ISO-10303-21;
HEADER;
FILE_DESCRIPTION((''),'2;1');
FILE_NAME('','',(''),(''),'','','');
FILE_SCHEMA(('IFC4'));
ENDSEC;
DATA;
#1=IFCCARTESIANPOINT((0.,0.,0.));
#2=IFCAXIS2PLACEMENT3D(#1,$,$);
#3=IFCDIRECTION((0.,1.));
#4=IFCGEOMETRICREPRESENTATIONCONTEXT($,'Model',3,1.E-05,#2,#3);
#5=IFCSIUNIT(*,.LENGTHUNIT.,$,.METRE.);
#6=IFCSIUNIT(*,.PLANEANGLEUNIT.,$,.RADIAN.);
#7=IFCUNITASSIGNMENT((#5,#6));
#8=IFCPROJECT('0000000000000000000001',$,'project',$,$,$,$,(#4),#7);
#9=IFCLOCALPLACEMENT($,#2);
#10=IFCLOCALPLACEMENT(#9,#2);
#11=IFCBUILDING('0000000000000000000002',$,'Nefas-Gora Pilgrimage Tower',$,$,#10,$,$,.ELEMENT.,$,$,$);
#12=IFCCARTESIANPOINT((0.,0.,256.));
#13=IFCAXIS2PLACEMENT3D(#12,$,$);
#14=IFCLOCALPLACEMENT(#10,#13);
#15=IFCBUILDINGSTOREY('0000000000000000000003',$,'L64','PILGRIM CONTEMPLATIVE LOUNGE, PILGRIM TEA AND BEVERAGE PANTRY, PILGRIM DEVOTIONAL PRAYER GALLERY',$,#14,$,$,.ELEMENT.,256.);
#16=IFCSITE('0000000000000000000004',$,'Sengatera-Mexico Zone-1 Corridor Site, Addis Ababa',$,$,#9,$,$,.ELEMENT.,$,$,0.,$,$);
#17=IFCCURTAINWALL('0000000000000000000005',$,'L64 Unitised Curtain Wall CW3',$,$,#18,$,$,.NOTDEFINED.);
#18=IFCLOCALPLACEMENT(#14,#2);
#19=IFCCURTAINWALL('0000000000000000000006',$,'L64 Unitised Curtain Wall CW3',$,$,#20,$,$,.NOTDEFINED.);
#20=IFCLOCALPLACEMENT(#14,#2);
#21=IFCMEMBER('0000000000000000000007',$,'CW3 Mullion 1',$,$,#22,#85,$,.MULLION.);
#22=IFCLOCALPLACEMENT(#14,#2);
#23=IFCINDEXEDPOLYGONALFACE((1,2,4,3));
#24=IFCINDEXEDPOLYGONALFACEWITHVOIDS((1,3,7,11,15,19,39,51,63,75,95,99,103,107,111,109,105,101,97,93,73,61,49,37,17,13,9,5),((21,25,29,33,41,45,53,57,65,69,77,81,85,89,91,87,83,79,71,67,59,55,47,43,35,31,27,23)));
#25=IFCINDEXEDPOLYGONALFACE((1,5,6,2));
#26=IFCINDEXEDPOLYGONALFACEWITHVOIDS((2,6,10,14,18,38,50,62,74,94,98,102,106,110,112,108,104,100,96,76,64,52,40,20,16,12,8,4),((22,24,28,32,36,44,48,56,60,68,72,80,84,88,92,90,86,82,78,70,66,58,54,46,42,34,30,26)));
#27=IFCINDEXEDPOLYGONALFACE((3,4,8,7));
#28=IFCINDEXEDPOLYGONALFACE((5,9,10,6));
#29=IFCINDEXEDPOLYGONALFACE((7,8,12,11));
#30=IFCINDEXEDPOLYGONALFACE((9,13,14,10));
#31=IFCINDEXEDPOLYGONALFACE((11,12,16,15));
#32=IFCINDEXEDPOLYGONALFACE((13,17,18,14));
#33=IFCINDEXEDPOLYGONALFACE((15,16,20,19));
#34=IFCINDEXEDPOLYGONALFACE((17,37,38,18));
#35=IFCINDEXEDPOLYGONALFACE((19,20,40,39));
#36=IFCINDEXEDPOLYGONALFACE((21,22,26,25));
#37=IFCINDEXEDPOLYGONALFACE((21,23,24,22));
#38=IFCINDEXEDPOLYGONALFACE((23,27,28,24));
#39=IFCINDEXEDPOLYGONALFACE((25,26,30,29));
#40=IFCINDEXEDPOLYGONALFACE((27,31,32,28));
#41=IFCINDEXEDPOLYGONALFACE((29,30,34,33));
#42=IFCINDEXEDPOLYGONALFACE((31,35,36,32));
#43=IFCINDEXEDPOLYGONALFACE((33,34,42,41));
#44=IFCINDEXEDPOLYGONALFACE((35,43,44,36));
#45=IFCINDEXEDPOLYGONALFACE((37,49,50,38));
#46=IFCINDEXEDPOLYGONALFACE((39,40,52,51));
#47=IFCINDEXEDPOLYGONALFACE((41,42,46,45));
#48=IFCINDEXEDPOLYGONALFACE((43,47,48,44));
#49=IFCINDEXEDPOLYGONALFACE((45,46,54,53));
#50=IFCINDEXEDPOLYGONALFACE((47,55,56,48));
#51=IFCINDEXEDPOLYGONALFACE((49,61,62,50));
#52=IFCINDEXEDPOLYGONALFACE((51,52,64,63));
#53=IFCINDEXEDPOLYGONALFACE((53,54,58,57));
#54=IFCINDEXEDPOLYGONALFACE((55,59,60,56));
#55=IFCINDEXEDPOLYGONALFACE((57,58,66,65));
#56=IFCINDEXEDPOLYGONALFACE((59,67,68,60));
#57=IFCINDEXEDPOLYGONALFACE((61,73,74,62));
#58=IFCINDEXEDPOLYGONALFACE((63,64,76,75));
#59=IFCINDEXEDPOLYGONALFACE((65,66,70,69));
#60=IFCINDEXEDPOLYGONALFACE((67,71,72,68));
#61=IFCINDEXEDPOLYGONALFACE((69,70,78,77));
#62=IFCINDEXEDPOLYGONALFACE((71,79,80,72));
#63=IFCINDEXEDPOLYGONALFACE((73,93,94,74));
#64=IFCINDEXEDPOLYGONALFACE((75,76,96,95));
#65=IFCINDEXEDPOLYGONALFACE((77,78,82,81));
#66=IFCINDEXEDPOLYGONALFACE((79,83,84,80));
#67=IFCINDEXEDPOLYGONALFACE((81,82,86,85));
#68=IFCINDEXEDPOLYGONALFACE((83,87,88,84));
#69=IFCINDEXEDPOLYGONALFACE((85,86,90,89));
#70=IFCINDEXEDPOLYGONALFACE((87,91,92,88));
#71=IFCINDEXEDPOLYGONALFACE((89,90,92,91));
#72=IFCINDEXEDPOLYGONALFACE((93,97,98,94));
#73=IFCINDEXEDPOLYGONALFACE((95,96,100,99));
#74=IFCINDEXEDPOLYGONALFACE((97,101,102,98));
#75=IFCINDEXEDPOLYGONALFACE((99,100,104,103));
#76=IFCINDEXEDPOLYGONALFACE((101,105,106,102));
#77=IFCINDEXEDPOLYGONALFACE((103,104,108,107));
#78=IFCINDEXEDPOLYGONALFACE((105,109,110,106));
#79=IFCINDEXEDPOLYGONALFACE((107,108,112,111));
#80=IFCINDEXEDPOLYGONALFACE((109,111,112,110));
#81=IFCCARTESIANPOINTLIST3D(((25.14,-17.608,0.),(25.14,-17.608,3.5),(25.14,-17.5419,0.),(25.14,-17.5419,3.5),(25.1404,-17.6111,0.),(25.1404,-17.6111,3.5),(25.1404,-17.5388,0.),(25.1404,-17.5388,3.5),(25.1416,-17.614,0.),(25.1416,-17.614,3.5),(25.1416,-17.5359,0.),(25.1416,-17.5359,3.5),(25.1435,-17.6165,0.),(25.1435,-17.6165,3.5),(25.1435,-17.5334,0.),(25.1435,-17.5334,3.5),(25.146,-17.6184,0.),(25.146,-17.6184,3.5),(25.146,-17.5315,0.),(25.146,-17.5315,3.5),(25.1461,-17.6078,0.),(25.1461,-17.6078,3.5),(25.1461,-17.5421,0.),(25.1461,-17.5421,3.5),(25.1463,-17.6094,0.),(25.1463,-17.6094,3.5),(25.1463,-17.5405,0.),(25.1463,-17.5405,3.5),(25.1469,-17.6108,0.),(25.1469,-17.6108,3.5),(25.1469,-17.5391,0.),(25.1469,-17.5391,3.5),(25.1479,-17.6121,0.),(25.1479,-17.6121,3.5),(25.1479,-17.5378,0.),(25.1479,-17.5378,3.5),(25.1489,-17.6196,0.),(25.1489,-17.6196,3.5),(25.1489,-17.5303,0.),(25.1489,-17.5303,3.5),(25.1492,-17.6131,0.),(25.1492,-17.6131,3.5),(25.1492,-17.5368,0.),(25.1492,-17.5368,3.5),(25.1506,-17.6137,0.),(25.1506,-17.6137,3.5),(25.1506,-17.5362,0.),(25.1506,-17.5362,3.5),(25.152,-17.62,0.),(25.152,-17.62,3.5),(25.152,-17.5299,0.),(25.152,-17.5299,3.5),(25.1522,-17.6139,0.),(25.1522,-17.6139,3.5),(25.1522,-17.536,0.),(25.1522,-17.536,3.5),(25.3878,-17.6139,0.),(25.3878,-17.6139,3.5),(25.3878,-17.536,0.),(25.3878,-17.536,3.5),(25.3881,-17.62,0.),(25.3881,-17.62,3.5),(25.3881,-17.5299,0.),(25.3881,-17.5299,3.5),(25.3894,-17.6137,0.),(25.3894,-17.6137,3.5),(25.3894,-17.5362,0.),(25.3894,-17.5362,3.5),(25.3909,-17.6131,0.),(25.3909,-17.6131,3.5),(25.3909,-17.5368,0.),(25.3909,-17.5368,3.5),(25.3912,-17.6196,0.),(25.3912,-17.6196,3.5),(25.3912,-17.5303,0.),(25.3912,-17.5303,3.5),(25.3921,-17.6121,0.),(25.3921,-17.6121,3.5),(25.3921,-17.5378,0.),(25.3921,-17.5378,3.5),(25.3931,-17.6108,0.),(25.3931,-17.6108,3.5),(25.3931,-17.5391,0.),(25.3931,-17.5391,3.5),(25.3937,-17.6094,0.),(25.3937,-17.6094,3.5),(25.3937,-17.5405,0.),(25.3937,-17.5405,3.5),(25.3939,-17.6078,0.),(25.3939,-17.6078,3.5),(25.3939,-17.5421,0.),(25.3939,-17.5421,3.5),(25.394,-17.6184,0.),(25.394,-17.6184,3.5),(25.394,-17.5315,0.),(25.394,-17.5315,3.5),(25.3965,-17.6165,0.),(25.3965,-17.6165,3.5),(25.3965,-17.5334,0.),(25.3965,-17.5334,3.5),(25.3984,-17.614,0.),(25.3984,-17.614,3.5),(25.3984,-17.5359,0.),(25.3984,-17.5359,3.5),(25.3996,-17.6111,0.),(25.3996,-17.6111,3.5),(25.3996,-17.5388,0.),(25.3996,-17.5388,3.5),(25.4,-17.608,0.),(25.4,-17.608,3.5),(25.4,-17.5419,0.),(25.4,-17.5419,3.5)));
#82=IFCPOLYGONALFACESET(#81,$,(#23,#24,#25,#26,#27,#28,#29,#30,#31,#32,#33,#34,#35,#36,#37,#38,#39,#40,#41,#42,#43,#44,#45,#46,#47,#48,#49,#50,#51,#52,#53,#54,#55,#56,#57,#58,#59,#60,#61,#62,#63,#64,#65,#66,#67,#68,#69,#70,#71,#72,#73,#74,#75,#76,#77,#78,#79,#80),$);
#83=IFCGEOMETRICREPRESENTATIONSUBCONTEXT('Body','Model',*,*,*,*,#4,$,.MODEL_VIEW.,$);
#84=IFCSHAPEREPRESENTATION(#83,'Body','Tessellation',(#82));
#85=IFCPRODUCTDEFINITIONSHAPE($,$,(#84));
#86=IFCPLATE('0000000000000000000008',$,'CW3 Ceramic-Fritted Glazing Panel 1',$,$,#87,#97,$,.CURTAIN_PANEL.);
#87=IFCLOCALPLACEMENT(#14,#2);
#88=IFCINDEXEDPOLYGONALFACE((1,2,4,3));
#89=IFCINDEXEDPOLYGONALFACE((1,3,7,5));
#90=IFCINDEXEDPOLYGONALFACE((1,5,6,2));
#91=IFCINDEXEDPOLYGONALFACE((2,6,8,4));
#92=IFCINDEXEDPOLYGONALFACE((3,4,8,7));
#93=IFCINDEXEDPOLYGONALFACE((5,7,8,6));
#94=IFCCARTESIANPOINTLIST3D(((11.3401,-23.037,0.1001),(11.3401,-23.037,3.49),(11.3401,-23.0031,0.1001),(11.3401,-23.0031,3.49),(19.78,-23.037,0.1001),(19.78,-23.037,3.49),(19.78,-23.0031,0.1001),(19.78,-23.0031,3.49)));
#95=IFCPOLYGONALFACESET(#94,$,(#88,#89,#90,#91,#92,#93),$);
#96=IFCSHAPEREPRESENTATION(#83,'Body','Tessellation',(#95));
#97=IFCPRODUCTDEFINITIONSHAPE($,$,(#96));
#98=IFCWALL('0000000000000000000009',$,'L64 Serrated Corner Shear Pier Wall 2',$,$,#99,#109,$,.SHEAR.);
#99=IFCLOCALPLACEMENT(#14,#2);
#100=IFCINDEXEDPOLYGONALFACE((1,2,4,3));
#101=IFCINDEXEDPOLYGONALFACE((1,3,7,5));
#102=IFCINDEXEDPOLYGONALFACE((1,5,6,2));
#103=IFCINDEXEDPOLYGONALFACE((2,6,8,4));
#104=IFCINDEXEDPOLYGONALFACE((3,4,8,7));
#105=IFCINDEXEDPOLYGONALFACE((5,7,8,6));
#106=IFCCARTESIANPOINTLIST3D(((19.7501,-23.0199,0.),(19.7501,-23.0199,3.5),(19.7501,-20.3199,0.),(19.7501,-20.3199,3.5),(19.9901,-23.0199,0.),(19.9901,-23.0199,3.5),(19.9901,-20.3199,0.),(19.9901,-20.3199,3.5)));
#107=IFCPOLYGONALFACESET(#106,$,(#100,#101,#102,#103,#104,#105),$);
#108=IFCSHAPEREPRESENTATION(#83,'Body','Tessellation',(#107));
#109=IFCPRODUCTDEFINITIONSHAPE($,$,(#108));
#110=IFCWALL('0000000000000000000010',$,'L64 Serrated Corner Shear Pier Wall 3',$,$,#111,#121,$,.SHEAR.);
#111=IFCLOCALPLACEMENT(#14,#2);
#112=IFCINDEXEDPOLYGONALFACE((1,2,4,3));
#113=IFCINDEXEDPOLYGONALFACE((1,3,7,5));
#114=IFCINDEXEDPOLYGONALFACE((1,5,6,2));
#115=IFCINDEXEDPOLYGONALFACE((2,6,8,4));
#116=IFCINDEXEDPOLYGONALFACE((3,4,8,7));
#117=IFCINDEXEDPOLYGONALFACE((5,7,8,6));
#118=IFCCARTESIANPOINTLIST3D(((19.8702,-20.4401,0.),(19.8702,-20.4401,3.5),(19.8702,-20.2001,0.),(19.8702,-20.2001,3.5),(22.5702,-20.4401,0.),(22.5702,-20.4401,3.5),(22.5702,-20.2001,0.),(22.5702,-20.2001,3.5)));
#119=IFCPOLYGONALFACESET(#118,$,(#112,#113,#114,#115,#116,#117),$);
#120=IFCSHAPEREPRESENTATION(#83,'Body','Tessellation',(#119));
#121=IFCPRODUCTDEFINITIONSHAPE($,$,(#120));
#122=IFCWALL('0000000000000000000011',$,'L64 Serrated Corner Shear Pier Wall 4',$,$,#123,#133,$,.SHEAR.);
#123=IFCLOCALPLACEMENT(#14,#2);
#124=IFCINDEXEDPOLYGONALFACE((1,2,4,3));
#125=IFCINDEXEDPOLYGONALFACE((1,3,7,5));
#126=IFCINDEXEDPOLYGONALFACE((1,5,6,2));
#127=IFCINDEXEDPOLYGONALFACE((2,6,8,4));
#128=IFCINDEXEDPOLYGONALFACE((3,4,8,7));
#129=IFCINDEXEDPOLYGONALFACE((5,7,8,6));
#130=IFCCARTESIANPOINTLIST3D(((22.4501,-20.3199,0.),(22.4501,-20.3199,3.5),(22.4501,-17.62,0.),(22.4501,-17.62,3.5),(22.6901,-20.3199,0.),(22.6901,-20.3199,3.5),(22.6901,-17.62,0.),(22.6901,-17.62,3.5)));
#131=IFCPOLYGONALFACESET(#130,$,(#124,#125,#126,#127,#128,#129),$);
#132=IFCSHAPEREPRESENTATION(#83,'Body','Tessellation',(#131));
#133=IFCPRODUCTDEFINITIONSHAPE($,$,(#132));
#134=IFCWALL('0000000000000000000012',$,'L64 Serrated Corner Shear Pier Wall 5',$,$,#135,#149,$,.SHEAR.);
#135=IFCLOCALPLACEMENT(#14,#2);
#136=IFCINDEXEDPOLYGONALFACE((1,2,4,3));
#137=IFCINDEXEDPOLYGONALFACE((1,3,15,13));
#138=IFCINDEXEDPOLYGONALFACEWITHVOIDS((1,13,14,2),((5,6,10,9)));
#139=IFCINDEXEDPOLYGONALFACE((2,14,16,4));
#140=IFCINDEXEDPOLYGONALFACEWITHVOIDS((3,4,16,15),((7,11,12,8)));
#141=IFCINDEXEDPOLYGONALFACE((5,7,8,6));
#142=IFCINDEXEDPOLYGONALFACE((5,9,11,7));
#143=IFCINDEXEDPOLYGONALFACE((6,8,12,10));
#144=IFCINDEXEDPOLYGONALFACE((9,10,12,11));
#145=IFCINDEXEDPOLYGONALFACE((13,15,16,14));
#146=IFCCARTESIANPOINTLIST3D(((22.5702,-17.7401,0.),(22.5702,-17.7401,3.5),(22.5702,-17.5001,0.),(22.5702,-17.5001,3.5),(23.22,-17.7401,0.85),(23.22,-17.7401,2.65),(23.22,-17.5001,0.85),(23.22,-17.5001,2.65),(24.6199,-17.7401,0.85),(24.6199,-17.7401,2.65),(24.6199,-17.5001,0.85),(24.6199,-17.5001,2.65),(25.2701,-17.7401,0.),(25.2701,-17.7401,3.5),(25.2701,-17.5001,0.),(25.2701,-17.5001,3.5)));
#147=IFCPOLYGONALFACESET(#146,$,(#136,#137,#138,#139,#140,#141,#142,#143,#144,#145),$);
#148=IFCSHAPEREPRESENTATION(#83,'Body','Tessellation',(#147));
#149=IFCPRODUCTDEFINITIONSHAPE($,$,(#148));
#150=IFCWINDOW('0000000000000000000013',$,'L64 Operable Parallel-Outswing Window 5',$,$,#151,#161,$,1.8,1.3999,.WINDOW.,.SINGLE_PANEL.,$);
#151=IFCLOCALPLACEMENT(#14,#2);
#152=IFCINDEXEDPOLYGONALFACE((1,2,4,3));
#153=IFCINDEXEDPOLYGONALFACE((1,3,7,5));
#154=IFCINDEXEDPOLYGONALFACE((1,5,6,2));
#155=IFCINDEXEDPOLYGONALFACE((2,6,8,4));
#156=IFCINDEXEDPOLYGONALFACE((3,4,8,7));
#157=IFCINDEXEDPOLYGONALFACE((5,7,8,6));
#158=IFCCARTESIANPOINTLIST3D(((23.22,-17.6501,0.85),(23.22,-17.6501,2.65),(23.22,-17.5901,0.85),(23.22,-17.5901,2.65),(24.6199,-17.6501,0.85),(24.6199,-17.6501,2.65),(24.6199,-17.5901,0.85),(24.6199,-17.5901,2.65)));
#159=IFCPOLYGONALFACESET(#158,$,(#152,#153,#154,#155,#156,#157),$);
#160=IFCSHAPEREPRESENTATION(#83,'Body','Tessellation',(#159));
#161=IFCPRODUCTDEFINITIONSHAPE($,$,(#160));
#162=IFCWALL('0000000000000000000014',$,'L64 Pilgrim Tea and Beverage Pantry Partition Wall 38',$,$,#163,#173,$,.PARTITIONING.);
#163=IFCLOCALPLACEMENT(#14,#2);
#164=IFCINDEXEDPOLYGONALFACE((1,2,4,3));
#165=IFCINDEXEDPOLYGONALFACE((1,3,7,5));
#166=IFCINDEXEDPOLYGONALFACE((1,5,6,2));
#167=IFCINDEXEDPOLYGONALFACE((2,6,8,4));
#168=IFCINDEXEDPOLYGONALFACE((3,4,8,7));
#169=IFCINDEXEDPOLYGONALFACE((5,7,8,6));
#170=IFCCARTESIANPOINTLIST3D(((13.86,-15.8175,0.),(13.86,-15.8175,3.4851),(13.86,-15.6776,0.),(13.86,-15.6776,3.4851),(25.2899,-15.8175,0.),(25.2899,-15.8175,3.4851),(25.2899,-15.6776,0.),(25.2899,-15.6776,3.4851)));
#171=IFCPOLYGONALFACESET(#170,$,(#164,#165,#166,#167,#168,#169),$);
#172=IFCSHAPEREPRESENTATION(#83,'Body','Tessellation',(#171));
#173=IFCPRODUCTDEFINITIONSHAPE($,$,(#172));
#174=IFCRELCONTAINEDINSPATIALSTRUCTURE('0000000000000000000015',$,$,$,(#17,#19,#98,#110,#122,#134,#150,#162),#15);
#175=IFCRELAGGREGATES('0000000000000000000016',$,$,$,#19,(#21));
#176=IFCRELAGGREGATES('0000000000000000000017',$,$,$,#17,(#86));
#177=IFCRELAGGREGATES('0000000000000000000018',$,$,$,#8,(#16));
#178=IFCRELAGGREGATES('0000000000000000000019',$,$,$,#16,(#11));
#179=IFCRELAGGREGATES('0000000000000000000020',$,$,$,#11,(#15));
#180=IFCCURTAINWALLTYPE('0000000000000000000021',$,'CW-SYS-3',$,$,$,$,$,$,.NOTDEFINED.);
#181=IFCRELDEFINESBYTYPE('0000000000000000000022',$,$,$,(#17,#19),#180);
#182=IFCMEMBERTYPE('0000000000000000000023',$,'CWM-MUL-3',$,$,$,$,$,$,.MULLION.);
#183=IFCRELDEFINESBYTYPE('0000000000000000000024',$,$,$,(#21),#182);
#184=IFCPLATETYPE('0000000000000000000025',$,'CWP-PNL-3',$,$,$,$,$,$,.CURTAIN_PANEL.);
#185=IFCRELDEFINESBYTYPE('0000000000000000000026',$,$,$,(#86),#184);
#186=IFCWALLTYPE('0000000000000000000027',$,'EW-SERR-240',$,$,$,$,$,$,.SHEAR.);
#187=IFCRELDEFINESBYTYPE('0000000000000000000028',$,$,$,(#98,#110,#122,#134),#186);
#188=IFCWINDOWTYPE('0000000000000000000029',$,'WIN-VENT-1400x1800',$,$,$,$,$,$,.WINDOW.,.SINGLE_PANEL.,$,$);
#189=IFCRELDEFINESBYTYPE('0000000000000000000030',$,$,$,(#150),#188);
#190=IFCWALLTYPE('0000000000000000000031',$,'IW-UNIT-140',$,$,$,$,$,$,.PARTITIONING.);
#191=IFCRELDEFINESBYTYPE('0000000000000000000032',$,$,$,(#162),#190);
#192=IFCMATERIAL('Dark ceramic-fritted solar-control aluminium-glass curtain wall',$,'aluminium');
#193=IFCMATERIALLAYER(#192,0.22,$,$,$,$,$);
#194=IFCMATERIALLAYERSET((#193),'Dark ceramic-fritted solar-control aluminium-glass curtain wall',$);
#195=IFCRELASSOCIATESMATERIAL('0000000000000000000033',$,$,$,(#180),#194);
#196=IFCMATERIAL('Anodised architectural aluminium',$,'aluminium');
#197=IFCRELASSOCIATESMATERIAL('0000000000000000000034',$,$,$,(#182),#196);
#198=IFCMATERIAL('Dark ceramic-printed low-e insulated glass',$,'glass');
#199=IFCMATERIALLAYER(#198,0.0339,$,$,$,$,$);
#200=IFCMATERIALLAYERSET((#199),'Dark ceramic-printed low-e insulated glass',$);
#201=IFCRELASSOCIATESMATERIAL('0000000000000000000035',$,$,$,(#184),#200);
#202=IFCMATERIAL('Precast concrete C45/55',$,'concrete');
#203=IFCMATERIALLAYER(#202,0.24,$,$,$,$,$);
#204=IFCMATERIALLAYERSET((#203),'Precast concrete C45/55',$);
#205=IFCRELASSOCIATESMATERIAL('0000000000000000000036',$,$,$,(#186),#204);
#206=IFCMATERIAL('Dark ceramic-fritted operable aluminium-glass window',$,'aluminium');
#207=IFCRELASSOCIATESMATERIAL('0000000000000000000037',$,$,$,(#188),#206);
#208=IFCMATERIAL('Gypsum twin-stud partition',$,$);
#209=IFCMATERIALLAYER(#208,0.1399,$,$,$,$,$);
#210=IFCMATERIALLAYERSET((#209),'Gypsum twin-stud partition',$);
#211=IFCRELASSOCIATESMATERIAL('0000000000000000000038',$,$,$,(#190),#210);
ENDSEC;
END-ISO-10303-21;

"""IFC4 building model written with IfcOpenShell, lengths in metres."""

from ifc_helpers import new_model, si_unit, direction, frame, frame_2d, origin, origin_2d, place, context, subcontext, project, spatial, rectangle, hollow_rectangle, extrude, source, transform, mapped, material, layer, layer_set, material_profile, profile_set, type_object, element, fill, aggregate, save


model = new_model("IFC4")

# Units and contexts
model_context = context("Model", 3, precision=1e-05, world=origin(), true_north=direction((0.0, 1.0)))
body_context = subcontext(model_context, "Body", "Model", "MODEL_VIEW")
ifc_project = project(units=[si_unit("LENGTHUNIT", "METRE"), si_unit("PLANEANGLEUNIT", "RADIAN")], contexts=[model_context])

# Site, building, storey
site_placement = place(None, origin())
site = spatial("IfcSite", under=ifc_project, at=site_placement, Name="Sengatera-Mexico Zone-1 Corridor Site, Addis Ababa", CompositionType="ELEMENT", RefElevation=0.0)
building_placement = place(site_placement, origin())
building = spatial("IfcBuilding", under=site, at=building_placement, Name="Nefas-Gora Pilgrimage Tower", CompositionType="ELEMENT")
storey_placement = place(building_placement, frame((0.0, 0.0, 256.0)))
storey = spatial("IfcBuildingStorey", under=building, at=storey_placement, Name="L64", Description="PILGRIM CONTEMPLATIVE LOUNGE, PILGRIM TEA AND BEVERAGE PANTRY, PILGRIM DEVOTIONAL PRAYER GALLERY", CompositionType="ELEMENT", Elevation=256.0)

# Curtain walls
ifc_material_1 = material(Name="Dark ceramic-fritted solar-control aluminium-glass curtain wall", Category="aluminium")
ifc_layer_1 = layer(ifc_material_1, 0.22)
ifc_layer_set_1 = layer_set([ifc_layer_1], Name="Dark ceramic-fritted solar-control aluminium-glass curtain wall")
curtain_wall_type = type_object("IfcCurtainWallType", Name="CW-SYS-3", PredefinedType="NOTDEFINED", material=ifc_layer_set_1)
curtain_wall_1_placement = place(storey_placement, origin())
curtain_wall_1 = element("IfcCurtainWall", 1, at=curtain_wall_1_placement, inside=storey, type_object=curtain_wall_type, Name="L64 Unitised Curtain Wall CW3", PredefinedType="NOTDEFINED")
ifc_material_2 = material(Name="Anodised architectural aluminium", Category="aluminium")
curtain_wall_2_placement = place(storey_placement, origin())
curtain_wall_2 = element("IfcCurtainWall", 2, at=curtain_wall_2_placement, inside=storey, type_object=curtain_wall_type, Name="L64 Unitised Curtain Wall CW3", PredefinedType="NOTDEFINED")

# Member
ifc_material_profile_1 = material_profile(ifc_material_2, hollow_rectangle(XDim=0.0901, YDim=0.26, WallThickness=0.0061, InnerFilletRadius=0.0061, OuterFilletRadius=0.012, at=origin_2d()), Name="ALU MULLION 90x260")
ifc_profile_set_1 = profile_set([ifc_material_profile_1], Name="Anodised architectural aluminium")
member_type_1 = type_object("IfcMemberType", Name="CWM-MUL-3", PredefinedType="MULLION", material=ifc_profile_set_1)
shared_shape_1 = source(origin(), body_context, "Body", "SweptSolid", [
    extrude(hollow_rectangle(XDim=0.0901, YDim=0.26, WallThickness=0.0061, InnerFilletRadius=0.0061, OuterFilletRadius=0.012, at=origin_2d()), origin(), (0.0, 0.0, 1.0), 3.5),
])
member_1_placement = place(storey_placement, frame((25.27, -17.575, 0.0), z_axis=(0.0, 0.0, 1.0), x_axis=(0.0, 1.0, 0.0)))
member_1 = element("IfcMember", 3, at=member_1_placement, type_object=member_type_1, Name="CW3 Mullion 1", PredefinedType="MULLION", context=body_context, shape_type="MappedRepresentation", body=[
    mapped(shared_shape_1, transform((0.0, 0.0, 0.0), x_axis=(1.0, 0.0, 0.0), y_axis=(0.0, 1.0, 0.0), z_axis=(0.0, 0.0, 1.0), scale=1.0)),
])
aggregate(curtain_wall_2, [member_1])

# Plate
ifc_material_3 = material(Name="Dark ceramic-printed low-e insulated glass", Category="glass")
ifc_layer_2 = layer(ifc_material_3, 0.0339)
ifc_layer_set_2 = layer_set([ifc_layer_2], Name="Dark ceramic-printed low-e insulated glass")
plate_type = type_object("IfcPlateType", Name="CWP-PNL-3", PredefinedType="CURTAIN_PANEL", material=ifc_layer_set_2)
shared_shape_2 = source(origin(), body_context, "Body", "SweptSolid", [
    extrude(rectangle(XDim=8.4399, YDim=0.0339, at=origin_2d()), origin(), (0.0, 0.0, 1.0), 3.3899),
])
plate_placement = place(storey_placement, frame((15.5601, -23.02, 0.1001), z_axis=(0.0, 0.0, 1.0), x_axis=(1.0, 0.0, 0.0)))
plate = element("IfcPlate", 4, at=plate_placement, type_object=plate_type, Name="CW3 Ceramic-Fritted Glazing Panel 1", PredefinedType="CURTAIN_PANEL", context=body_context, shape_type="MappedRepresentation", body=[
    mapped(shared_shape_2, transform((0.0, 0.0, 0.0), x_axis=(1.0, 0.0, 0.0), y_axis=(0.0, 1.0, 0.0), z_axis=(0.0, 0.0, 1.0), scale=1.0)),
])
aggregate(curtain_wall_1, [plate])

# Walls
ifc_material_4 = material(Name="Precast concrete C45/55", Category="concrete")
ifc_layer_3 = layer(ifc_material_4, 0.24)
ifc_layer_set_3 = layer_set([ifc_layer_3], Name="Precast concrete C45/55")
wall_type_1 = type_object("IfcWallType", Name="EW-SERR-240", PredefinedType="SHEAR", material=ifc_layer_set_3)
shared_shape_3 = source(origin(), body_context, "Body", "SweptSolid", [
    extrude(rectangle(XDim=2.7, YDim=0.24, at=frame_2d((1.3501, 0.0))), origin(), (0.0, 0.0, 1.0), 3.5),
])
for number, where, z_axis, x_axis, name in (
    (5, (19.8701, -23.02, 0.0), (0.0, 0.0, 1.0), (0.0, 1.0, 0.0), "L64 Serrated Corner Shear Pier Wall 2"),
    (6, (19.8701, -20.3201, 0.0), (0.0, 0.0, 1.0), (1.0, 0.0, 0.0), "L64 Serrated Corner Shear Pier Wall 3"),
    (7, (22.5701, -20.3201, 0.0), (0.0, 0.0, 1.0), (0.0, 1.0, 0.0), "L64 Serrated Corner Shear Pier Wall 4"),
):
    element("IfcWall", number, at=place(storey_placement, frame(where, z_axis=z_axis, x_axis=x_axis)), inside=storey, type_object=wall_type_1, Name=name, PredefinedType="SHEAR", context=body_context, shape_type="MappedRepresentation", body=[
        mapped(shared_shape_3, transform((0.0, 0.0, 0.0), x_axis=(1.0, 0.0, 0.0), y_axis=(0.0, 1.0, 0.0), z_axis=(0.0, 0.0, 1.0), scale=1.0)),
    ])

# Wall, opening, window
wall_1_placement = place(storey_placement, frame((22.5701, -17.6201, 0.0), z_axis=(0.0, 0.0, 1.0), x_axis=(1.0, 0.0, 0.0)))
wall_1 = element("IfcWall", 8, at=wall_1_placement, inside=storey, type_object=wall_type_1, Name="L64 Serrated Corner Shear Pier Wall 5", PredefinedType="SHEAR", context=body_context, shape_type="MappedRepresentation", body=[
    mapped(shared_shape_3, transform((0.0, 0.0, 0.0), x_axis=(1.0, 0.0, 0.0), y_axis=(0.0, 1.0, 0.0), z_axis=(0.0, 0.0, 1.0), scale=1.0)),
])
opening_1_placement = place(wall_1_placement, frame((0.6499, 0.0, 0.8501)))
opening_1 = element("IfcOpeningElement", 9, at=opening_1_placement, cuts=wall_1, PredefinedType="OPENING", context=body_context, shape_type="SweptSolid", body=[
    extrude(rectangle(XDim=1.3999, YDim=1.8, at=frame_2d((0.7, 0.8999))), frame((0.0, 0.1299, 0.0), z_axis=(0.0, -1.0, 0.0), x_axis=(1.0, 0.0, 0.0)), (0.0, 0.0, 1.0), 0.26),
])
ifc_material_5 = material(Name="Dark ceramic-fritted operable aluminium-glass window", Category="aluminium")
window_type = type_object("IfcWindowType", Name="WIN-VENT-1400x1800", PartitioningType="SINGLE_PANEL", PredefinedType="WINDOW", material=ifc_material_5)
shared_shape_4 = source(origin(), body_context, "Body", "SweptSolid", [
    extrude(rectangle(XDim=1.3999, YDim=1.8, at=frame_2d((0.7, 0.8999))), frame((0.0, 0.03, 0.0), z_axis=(0.0, -1.0, 0.0), x_axis=(1.0, 0.0, 0.0)), (0.0, 0.0, 1.0), 0.0601),
])
window_placement = place(opening_1_placement, origin())
window = element("IfcWindow", 10, at=window_placement, inside=storey, type_object=window_type, Name="L64 Operable Parallel-Outswing Window 5", OverallHeight=1.8, OverallWidth=1.3999, PartitioningType="SINGLE_PANEL", PredefinedType="WINDOW", context=body_context, shape_type="MappedRepresentation", body=[
    mapped(shared_shape_4, transform((0.0, 0.0, 0.0), x_axis=(1.0, 0.0, 0.0), y_axis=(0.0, 1.0, 0.0), z_axis=(0.0, 0.0, 1.0), scale=1.0)),
])
fill(opening_1, window)

# Wall
ifc_material_6 = material(Name="Gypsum twin-stud partition")
ifc_layer_4 = layer(ifc_material_6, 0.1399)
ifc_layer_set_4 = layer_set([ifc_layer_4], Name="Gypsum twin-stud partition")
wall_type_2 = type_object("IfcWallType", Name="IW-UNIT-140", PredefinedType="PARTITIONING", material=ifc_layer_set_4)
shared_shape_5 = source(origin(), body_context, "Body", "SweptSolid", [
    extrude(rectangle(XDim=11.4299, YDim=0.1399, at=frame_2d((5.7148, 0.0))), origin(), (0.0, 0.0, 1.0), 3.4851),
])
wall_2_placement = place(storey_placement, frame((13.8601, -15.7476, 0.0), z_axis=(0.0, 0.0, 1.0), x_axis=(1.0, 0.0, 0.0)))
element("IfcWall", 11, at=wall_2_placement, inside=storey, type_object=wall_type_2, Name="L64 Pilgrim Tea and Beverage Pantry Partition Wall 38", PredefinedType="PARTITIONING", context=body_context, shape_type="MappedRepresentation", body=[
    mapped(shared_shape_5, transform((0.0, 0.0, 0.0), x_axis=(1.0, 0.0, 0.0), y_axis=(0.0, 1.0, 0.0), z_axis=(0.0, 0.0, 1.0), scale=1.0)),
])

save(model, "model.ifc")
